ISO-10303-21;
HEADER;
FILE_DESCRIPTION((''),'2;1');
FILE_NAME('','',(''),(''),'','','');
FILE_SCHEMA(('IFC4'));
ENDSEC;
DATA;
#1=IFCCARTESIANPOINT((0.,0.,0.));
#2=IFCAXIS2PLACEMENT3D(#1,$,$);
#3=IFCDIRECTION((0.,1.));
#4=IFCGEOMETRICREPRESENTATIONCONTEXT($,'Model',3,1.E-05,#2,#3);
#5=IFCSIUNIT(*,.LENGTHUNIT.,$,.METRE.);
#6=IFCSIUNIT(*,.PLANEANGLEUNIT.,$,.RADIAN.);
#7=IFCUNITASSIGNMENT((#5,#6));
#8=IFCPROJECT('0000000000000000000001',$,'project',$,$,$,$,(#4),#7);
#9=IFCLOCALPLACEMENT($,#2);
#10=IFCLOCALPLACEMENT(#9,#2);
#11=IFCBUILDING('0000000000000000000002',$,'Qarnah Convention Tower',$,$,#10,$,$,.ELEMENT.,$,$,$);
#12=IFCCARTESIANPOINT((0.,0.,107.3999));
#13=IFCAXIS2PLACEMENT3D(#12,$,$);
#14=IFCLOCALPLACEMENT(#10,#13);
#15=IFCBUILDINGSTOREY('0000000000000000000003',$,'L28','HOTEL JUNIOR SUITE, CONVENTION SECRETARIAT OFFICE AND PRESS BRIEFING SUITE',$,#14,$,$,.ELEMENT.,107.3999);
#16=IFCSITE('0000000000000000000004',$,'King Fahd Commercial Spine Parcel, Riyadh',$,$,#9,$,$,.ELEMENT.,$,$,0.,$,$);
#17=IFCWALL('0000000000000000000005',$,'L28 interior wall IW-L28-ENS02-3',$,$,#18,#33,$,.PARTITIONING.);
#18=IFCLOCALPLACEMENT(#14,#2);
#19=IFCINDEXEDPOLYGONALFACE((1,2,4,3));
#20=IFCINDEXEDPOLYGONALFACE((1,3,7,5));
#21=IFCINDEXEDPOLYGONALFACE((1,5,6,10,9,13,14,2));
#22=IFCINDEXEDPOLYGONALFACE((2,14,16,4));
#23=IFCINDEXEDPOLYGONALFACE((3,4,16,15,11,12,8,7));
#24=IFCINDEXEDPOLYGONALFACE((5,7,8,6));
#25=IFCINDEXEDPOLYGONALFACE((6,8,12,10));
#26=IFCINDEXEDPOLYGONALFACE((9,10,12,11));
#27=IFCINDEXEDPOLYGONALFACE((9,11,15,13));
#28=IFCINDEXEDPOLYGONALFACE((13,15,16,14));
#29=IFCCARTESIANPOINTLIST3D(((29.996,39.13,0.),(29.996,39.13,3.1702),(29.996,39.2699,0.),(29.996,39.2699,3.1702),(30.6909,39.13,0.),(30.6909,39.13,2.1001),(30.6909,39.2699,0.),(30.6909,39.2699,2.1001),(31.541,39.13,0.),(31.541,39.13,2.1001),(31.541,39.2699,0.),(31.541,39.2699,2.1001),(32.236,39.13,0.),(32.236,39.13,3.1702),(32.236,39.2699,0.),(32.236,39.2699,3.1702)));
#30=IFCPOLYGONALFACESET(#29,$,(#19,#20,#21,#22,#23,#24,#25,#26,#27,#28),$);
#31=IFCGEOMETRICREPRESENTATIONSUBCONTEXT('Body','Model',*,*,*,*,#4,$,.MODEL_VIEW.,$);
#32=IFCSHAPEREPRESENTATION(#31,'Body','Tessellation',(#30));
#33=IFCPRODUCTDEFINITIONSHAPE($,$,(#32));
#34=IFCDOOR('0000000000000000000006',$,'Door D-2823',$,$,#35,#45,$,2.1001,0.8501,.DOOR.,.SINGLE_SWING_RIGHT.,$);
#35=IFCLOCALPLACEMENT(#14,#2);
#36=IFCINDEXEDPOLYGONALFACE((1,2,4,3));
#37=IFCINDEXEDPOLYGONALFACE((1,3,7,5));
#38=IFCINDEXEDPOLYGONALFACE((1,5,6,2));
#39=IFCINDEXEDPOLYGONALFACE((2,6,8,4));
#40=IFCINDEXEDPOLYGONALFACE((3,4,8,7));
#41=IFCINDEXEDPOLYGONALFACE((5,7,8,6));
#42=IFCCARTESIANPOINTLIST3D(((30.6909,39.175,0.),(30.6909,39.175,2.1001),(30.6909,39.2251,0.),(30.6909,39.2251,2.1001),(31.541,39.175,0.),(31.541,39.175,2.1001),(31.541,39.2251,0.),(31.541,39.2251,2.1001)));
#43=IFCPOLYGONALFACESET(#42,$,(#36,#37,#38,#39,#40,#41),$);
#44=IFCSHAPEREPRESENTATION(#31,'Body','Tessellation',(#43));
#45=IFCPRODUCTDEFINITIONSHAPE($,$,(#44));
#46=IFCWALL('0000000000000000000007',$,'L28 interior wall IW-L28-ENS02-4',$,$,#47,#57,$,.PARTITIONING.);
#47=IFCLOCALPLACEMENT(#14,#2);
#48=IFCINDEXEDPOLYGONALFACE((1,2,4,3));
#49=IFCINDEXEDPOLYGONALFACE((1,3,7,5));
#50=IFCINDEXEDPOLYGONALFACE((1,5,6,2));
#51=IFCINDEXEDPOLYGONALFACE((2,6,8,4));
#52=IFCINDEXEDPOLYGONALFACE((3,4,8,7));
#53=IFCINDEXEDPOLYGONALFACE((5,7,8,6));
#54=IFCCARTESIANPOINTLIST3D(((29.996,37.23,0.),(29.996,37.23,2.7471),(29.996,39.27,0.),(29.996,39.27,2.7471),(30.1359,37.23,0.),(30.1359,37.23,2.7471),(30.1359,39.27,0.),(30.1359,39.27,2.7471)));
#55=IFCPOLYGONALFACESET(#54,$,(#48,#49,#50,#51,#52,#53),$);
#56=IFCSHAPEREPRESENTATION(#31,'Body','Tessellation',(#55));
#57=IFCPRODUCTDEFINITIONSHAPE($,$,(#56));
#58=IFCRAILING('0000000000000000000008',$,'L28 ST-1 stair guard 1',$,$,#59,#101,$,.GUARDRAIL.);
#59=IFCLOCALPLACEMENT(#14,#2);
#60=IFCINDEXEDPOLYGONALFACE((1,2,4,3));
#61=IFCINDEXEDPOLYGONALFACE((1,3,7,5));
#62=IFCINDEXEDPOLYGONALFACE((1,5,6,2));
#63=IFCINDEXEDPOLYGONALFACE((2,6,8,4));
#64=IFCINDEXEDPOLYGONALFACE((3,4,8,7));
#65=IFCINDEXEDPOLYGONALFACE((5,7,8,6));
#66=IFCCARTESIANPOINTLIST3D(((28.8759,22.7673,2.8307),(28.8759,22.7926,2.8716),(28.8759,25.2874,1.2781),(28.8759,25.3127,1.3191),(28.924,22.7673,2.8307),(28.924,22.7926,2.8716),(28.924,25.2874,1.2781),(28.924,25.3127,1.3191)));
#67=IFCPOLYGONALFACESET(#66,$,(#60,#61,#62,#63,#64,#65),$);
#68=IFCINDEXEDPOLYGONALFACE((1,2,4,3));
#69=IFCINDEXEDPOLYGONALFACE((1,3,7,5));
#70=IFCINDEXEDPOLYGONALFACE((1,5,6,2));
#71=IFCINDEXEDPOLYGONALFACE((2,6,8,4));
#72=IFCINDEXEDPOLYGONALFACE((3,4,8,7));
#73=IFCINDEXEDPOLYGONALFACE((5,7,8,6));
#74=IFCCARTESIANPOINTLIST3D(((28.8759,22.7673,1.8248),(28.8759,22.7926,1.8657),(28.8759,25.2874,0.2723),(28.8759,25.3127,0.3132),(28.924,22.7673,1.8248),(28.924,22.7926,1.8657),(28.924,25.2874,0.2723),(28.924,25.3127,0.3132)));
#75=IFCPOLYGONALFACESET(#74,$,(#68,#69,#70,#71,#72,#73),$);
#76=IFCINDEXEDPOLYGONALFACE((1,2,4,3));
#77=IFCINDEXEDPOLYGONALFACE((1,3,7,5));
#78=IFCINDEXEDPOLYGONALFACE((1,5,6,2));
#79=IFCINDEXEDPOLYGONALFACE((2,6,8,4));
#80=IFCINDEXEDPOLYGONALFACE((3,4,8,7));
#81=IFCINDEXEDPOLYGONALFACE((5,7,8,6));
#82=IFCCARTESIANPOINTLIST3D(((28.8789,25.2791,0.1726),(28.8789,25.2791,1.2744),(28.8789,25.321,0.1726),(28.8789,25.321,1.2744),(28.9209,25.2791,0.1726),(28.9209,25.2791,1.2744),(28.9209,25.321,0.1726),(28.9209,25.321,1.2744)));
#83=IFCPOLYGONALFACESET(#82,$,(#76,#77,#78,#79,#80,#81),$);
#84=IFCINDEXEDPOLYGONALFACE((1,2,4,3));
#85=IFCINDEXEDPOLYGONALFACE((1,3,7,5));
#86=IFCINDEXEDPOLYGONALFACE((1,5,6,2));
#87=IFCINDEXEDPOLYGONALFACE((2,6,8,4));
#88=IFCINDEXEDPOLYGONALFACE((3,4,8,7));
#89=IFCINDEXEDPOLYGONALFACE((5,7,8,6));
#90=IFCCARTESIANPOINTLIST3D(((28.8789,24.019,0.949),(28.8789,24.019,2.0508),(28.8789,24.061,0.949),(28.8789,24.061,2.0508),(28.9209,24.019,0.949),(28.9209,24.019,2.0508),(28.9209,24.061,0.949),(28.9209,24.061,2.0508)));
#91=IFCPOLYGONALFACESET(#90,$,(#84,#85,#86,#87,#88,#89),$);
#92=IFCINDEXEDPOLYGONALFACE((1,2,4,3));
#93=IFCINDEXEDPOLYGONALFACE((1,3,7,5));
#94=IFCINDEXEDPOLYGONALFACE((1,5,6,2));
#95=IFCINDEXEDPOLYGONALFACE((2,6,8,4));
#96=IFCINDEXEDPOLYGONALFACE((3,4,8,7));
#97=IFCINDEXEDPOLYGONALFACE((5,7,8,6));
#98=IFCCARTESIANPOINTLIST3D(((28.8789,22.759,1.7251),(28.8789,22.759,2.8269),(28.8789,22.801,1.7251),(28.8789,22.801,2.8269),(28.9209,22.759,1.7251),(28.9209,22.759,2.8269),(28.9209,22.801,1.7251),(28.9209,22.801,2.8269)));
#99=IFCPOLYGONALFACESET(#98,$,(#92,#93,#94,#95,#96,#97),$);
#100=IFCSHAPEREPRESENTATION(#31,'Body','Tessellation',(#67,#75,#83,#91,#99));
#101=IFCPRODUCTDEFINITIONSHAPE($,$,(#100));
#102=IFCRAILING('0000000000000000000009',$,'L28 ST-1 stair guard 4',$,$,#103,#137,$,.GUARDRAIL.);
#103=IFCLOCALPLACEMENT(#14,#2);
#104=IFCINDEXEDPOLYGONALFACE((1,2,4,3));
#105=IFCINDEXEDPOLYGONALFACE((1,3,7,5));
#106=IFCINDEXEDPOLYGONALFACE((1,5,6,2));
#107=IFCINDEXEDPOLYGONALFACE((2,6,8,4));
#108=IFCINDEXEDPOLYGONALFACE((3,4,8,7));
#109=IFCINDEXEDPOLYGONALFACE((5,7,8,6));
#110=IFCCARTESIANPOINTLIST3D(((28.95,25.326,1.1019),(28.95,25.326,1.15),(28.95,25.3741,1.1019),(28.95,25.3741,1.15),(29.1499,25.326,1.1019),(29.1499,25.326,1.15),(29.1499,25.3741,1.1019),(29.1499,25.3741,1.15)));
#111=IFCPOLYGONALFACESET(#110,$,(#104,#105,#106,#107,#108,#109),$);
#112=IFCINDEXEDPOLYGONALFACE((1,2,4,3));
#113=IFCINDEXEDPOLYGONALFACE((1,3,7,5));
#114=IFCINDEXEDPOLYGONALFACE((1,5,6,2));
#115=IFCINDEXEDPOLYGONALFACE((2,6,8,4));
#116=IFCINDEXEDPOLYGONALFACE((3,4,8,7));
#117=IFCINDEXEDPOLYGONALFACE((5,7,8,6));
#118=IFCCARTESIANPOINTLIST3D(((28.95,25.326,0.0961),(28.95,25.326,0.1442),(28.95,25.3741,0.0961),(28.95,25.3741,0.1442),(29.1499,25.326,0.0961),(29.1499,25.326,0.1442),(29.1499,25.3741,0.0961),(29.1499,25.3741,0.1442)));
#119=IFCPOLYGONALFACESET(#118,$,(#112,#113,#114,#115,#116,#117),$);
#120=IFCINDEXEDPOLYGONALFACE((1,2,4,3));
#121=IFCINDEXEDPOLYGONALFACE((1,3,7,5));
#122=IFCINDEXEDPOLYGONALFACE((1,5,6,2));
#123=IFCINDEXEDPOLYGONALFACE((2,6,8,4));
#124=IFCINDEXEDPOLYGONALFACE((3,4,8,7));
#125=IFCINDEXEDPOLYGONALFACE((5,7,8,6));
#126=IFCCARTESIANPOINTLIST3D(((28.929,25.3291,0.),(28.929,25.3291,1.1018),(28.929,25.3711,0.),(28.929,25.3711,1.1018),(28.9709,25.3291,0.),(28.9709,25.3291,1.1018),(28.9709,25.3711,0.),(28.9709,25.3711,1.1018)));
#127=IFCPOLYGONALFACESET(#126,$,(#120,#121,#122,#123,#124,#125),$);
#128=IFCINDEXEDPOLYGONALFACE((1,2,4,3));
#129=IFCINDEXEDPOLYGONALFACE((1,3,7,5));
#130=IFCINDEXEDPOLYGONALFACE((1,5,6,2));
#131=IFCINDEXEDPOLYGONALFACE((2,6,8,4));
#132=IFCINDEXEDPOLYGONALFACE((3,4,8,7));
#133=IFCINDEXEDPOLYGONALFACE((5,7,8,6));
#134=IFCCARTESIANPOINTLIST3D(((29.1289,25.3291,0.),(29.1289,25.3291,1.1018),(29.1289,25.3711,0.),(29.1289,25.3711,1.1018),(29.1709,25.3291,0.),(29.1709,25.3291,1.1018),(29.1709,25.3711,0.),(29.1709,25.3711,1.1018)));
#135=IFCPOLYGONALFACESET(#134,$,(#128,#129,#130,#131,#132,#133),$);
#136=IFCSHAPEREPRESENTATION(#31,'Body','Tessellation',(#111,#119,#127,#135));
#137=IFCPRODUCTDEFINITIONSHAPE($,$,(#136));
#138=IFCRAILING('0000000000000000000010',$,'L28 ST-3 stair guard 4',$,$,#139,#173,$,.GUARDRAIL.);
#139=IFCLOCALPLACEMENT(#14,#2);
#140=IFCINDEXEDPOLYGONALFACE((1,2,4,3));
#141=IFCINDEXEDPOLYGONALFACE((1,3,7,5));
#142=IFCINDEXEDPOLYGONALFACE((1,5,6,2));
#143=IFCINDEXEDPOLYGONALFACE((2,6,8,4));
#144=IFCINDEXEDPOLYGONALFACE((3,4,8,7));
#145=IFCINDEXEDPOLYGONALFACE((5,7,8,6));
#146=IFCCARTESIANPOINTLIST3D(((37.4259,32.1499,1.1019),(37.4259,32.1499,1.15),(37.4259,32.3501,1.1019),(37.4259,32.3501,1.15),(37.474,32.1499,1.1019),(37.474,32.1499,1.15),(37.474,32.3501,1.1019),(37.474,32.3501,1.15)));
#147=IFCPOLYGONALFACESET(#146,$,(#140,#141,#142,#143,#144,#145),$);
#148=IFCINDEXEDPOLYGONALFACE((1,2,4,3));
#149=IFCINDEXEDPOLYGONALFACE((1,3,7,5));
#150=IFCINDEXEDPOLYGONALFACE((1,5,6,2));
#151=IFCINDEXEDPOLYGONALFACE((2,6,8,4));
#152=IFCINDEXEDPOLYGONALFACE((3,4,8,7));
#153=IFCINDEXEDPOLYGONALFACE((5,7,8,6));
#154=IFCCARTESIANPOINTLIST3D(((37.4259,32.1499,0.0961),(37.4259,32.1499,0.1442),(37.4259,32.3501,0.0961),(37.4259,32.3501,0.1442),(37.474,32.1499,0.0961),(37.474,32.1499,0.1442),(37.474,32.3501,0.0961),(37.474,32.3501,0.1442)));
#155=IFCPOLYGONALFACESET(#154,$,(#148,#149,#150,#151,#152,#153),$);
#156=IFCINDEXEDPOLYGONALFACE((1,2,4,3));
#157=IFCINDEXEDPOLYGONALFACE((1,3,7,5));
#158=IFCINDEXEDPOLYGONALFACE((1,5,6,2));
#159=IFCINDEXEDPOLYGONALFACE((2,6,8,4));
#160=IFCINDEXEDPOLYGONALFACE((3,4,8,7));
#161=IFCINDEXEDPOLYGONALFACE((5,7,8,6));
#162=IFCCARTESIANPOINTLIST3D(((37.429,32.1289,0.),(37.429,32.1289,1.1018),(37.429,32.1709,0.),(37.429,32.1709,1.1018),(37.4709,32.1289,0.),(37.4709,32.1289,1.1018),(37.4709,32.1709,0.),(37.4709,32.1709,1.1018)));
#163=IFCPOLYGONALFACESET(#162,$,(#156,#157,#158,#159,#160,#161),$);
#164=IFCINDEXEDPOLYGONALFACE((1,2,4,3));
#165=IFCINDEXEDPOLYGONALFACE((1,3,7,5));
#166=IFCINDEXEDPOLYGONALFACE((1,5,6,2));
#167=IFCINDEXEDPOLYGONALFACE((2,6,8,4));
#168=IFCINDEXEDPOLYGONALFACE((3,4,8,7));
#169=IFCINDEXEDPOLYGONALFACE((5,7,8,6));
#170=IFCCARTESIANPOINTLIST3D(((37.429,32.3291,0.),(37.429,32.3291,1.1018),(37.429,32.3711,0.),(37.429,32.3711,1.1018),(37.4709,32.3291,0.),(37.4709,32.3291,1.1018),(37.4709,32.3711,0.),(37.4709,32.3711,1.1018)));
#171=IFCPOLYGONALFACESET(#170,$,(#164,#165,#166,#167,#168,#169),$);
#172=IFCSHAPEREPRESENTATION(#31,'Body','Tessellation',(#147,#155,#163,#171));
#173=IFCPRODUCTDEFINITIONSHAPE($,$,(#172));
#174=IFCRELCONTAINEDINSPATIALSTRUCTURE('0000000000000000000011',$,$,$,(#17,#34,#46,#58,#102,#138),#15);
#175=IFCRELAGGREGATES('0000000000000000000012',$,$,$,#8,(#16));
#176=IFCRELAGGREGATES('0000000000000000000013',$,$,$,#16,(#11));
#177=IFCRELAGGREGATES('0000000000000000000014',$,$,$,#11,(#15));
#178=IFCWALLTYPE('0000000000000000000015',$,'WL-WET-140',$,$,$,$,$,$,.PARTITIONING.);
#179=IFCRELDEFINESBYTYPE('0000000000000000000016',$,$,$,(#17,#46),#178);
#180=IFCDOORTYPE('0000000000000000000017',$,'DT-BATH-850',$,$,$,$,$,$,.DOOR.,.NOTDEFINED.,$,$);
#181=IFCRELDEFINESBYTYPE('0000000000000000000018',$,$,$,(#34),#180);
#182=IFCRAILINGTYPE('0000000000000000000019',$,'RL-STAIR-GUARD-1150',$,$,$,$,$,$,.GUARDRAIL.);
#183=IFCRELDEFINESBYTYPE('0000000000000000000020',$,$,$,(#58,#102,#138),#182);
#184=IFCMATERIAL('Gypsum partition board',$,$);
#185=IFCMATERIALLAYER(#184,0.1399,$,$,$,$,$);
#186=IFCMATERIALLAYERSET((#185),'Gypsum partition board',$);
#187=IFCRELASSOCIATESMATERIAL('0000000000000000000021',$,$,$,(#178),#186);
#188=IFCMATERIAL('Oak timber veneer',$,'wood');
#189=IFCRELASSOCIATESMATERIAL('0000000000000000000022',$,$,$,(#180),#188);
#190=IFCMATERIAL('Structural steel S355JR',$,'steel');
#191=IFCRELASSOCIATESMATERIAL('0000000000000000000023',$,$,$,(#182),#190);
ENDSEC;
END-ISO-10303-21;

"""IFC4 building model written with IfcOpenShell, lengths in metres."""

from ifc_helpers import new_model, si_unit, direction, frame, frame_2d, origin, origin_2d, place, context, subcontext, project, spatial, rectangle, extrude, material, layer, layer_set, type_object, element, fill, save


model = new_model("IFC4")

# Units and contexts
model_context = context("Model", 3, precision=1e-05, world=origin(), true_north=direction((0.0, 1.0)))
body_context = subcontext(model_context, "Body", "Model", "MODEL_VIEW")
ifc_project = project(units=[si_unit("LENGTHUNIT", "METRE"), si_unit("PLANEANGLEUNIT", "RADIAN")], contexts=[model_context])

# Site, building, storey
site_placement = place(None, origin())
site = spatial("IfcSite", under=ifc_project, at=site_placement, Name="King Fahd Commercial Spine Parcel, Riyadh", CompositionType="ELEMENT", RefElevation=0.0)
building_placement = place(site_placement, origin())
building = spatial("IfcBuilding", under=site, at=building_placement, Name="Qarnah Convention Tower", CompositionType="ELEMENT")
storey_placement = place(building_placement, frame((0.0, 0.0, 107.3999)))
storey = spatial("IfcBuildingStorey", under=building, at=storey_placement, Name="L28", Description="HOTEL JUNIOR SUITE, CONVENTION SECRETARIAT OFFICE AND PRESS BRIEFING SUITE", CompositionType="ELEMENT", Elevation=107.3999)

# Shared definitions
ifc_material_1 = material(Name="Structural steel S355JR", Category="steel")

# Shared definitions
ifc_material_2 = material(Name="Gypsum partition board")

# Shared definitions
ifc_material_3 = material(Name="Oak timber veneer", Category="wood")

# Shared definitions
ifc_layer_1 = layer(ifc_material_2, 0.1399)
ifc_layer_set_1 = layer_set([ifc_layer_1], Name="Gypsum partition board")
wall_type_1 = type_object("IfcWallType", Name="WL-WET-140", PredefinedType="PARTITIONING", material=ifc_layer_set_1)

# Wall, opening, door
wall_1_placement = place(storey_placement, frame((32.2361, 39.2, 0.0), z_axis=(0.0, 0.0, 1.0), x_axis=(-1.0, 0.0, 0.0)))
wall_1 = element("IfcWall", 1, at=wall_1_placement, inside=storey, type_object=wall_type_1, Name="L28 interior wall IW-L28-ENS02-3", PredefinedType="PARTITIONING", context=body_context, shape_type="SweptSolid", body=[
    extrude(rectangle(XDim=2.24, YDim=0.1399, at=frame_2d((1.1201, 0.0))), origin(), (0.0, 0.0, 1.0), 3.1702),
])
opening_1_placement = place(wall_1_placement, frame((0.6951, 0.0, 0.0)))
opening_1 = element("IfcOpeningElement", 2, at=opening_1_placement, cuts=wall_1, PredefinedType="OPENING", context=body_context, shape_type="SweptSolid", body=[
    extrude(rectangle(XDim=0.8501, YDim=2.1001, at=frame_2d((0.425, 1.05))), frame((0.0, 0.0798, 0.0), z_axis=(0.0, -1.0, 0.0), x_axis=(1.0, 0.0, 0.0)), (0.0, 0.0, 1.0), 0.1599),
])
door_type_1 = type_object("IfcDoorType", Name="DT-BATH-850", OperationType="NOTDEFINED", PredefinedType="DOOR", material=ifc_material_3)
door_1_placement = place(opening_1_placement, origin())
door_1 = element("IfcDoor", 3, at=door_1_placement, inside=storey, type_object=door_type_1, Name="Door D-2823", OperationType="SINGLE_SWING_RIGHT", OverallHeight=2.1001, OverallWidth=0.8501, PredefinedType="DOOR", context=body_context, shape_type="SweptSolid", body=[
    extrude(rectangle(XDim=0.8501, YDim=2.1001, at=frame_2d((0.425, 1.05))), frame((0.0, 0.0249, 0.0), z_axis=(0.0, -1.0, 0.0), x_axis=(1.0, 0.0, 0.0)), (0.0, 0.0, 1.0), 0.05),
])
fill(opening_1, door_1)

# Wall
wall_2_placement = place(storey_placement, frame((30.0659, 39.27, 0.0), z_axis=(0.0, 0.0, 1.0), x_axis=(0.0, -1.0, 0.0)))
element("IfcWall", 4, at=wall_2_placement, inside=storey, type_object=wall_type_1, Name="L28 interior wall IW-L28-ENS02-4", PredefinedType="PARTITIONING", context=body_context, shape_type="SweptSolid", body=[
    extrude(rectangle(XDim=2.04, YDim=0.1399, at=frame_2d((1.02, 0.0))), origin(), (0.0, 0.0, 1.0), 2.7471),
])

# Railings
railing_type = type_object("IfcRailingType", Name="RL-STAIR-GUARD-1150", PredefinedType="GUARDRAIL", material=ifc_material_1)
railing_1_placement = place(storey_placement, frame((28.8999, 25.3, 0.1726)))
element("IfcRailing", 5, at=railing_1_placement, inside=storey, type_object=railing_type, Name="L28 ST-1 stair guard 1", PredefinedType="GUARDRAIL", context=body_context, shape_type="SweptSolid", body=[
    extrude(rectangle(XDim=0.0481, YDim=0.0481, at=origin_2d()), frame((0.0, 0.0, 1.126), z_axis=(0.0, -0.8514, 0.524516), x_axis=(1.0, 0.0, 0.0)), (0.0, 0.0, 1.0), 2.96),
    extrude(rectangle(XDim=0.0481, YDim=0.0481, at=origin_2d()), frame((0.0, 0.0, 0.1201), z_axis=(0.0, -0.8514, 0.524516), x_axis=(1.0, 0.0, 0.0)), (0.0, 0.0, 1.0), 2.96),
    extrude(rectangle(XDim=0.042, YDim=0.042, at=origin_2d()), origin(), (0.0, 0.0, 1.0), 1.1018),
    extrude(rectangle(XDim=0.042, YDim=0.042, at=origin_2d()), frame((0.0, -1.26, 0.7764)), (0.0, 0.0, 1.0), 1.1018),
    extrude(rectangle(XDim=0.042, YDim=0.042, at=origin_2d()), frame((0.0, -2.52, 1.5525)), (0.0, 0.0, 1.0), 1.1018),
])
railing_2_placement = place(storey_placement, frame((28.95, 25.3501, 0.0)))
element("IfcRailing", 6, at=railing_2_placement, inside=storey, type_object=railing_type, Name="L28 ST-1 stair guard 4", PredefinedType="GUARDRAIL", context=body_context, shape_type="SweptSolid", body=[
    extrude(rectangle(XDim=0.0481, YDim=0.0481, at=origin_2d()), frame((0.0, 0.0, 1.126), z_axis=(1.0, 0.0, 0.0), x_axis=(0.0, 1.0, 0.0)), (0.0, 0.0, 1.0), 0.2),
    extrude(rectangle(XDim=0.0481, YDim=0.0481, at=origin_2d()), frame((0.0, 0.0, 0.1201), z_axis=(1.0, 0.0, 0.0), x_axis=(0.0, 1.0, 0.0)), (0.0, 0.0, 1.0), 0.2),
    extrude(rectangle(XDim=0.042, YDim=0.042, at=origin_2d()), origin(), (0.0, 0.0, 1.0), 1.1018),
    extrude(rectangle(XDim=0.042, YDim=0.042, at=origin_2d()), frame((0.2, 0.0, 0.0)), (0.0, 0.0, 1.0), 1.1018),
])
railing_3_placement = place(storey_placement, frame((37.45, 32.1499, 0.0)))
element("IfcRailing", 7, at=railing_3_placement, inside=storey, type_object=railing_type, Name="L28 ST-3 stair guard 4", PredefinedType="GUARDRAIL", context=body_context, shape_type="SweptSolid", body=[
    extrude(rectangle(XDim=0.0481, YDim=0.0481, at=origin_2d()), frame((0.0, 0.0, 1.126), z_axis=(0.0, 1.0, 0.0), x_axis=(-1.0, 0.0, 0.0)), (0.0, 0.0, 1.0), 0.2002),
    extrude(rectangle(XDim=0.0481, YDim=0.0481, at=origin_2d()), frame((0.0, 0.0, 0.1201), z_axis=(0.0, 1.0, 0.0), x_axis=(-1.0, 0.0, 0.0)), (0.0, 0.0, 1.0), 0.2002),
    extrude(rectangle(XDim=0.042, YDim=0.042, at=origin_2d()), origin(), (0.0, 0.0, 1.0), 1.1018),
    extrude(rectangle(XDim=0.042, YDim=0.042, at=origin_2d()), frame((0.0, 0.2002, 0.0)), (0.0, 0.0, 1.0), 1.1018),
])

save(model, "model.ifc")
